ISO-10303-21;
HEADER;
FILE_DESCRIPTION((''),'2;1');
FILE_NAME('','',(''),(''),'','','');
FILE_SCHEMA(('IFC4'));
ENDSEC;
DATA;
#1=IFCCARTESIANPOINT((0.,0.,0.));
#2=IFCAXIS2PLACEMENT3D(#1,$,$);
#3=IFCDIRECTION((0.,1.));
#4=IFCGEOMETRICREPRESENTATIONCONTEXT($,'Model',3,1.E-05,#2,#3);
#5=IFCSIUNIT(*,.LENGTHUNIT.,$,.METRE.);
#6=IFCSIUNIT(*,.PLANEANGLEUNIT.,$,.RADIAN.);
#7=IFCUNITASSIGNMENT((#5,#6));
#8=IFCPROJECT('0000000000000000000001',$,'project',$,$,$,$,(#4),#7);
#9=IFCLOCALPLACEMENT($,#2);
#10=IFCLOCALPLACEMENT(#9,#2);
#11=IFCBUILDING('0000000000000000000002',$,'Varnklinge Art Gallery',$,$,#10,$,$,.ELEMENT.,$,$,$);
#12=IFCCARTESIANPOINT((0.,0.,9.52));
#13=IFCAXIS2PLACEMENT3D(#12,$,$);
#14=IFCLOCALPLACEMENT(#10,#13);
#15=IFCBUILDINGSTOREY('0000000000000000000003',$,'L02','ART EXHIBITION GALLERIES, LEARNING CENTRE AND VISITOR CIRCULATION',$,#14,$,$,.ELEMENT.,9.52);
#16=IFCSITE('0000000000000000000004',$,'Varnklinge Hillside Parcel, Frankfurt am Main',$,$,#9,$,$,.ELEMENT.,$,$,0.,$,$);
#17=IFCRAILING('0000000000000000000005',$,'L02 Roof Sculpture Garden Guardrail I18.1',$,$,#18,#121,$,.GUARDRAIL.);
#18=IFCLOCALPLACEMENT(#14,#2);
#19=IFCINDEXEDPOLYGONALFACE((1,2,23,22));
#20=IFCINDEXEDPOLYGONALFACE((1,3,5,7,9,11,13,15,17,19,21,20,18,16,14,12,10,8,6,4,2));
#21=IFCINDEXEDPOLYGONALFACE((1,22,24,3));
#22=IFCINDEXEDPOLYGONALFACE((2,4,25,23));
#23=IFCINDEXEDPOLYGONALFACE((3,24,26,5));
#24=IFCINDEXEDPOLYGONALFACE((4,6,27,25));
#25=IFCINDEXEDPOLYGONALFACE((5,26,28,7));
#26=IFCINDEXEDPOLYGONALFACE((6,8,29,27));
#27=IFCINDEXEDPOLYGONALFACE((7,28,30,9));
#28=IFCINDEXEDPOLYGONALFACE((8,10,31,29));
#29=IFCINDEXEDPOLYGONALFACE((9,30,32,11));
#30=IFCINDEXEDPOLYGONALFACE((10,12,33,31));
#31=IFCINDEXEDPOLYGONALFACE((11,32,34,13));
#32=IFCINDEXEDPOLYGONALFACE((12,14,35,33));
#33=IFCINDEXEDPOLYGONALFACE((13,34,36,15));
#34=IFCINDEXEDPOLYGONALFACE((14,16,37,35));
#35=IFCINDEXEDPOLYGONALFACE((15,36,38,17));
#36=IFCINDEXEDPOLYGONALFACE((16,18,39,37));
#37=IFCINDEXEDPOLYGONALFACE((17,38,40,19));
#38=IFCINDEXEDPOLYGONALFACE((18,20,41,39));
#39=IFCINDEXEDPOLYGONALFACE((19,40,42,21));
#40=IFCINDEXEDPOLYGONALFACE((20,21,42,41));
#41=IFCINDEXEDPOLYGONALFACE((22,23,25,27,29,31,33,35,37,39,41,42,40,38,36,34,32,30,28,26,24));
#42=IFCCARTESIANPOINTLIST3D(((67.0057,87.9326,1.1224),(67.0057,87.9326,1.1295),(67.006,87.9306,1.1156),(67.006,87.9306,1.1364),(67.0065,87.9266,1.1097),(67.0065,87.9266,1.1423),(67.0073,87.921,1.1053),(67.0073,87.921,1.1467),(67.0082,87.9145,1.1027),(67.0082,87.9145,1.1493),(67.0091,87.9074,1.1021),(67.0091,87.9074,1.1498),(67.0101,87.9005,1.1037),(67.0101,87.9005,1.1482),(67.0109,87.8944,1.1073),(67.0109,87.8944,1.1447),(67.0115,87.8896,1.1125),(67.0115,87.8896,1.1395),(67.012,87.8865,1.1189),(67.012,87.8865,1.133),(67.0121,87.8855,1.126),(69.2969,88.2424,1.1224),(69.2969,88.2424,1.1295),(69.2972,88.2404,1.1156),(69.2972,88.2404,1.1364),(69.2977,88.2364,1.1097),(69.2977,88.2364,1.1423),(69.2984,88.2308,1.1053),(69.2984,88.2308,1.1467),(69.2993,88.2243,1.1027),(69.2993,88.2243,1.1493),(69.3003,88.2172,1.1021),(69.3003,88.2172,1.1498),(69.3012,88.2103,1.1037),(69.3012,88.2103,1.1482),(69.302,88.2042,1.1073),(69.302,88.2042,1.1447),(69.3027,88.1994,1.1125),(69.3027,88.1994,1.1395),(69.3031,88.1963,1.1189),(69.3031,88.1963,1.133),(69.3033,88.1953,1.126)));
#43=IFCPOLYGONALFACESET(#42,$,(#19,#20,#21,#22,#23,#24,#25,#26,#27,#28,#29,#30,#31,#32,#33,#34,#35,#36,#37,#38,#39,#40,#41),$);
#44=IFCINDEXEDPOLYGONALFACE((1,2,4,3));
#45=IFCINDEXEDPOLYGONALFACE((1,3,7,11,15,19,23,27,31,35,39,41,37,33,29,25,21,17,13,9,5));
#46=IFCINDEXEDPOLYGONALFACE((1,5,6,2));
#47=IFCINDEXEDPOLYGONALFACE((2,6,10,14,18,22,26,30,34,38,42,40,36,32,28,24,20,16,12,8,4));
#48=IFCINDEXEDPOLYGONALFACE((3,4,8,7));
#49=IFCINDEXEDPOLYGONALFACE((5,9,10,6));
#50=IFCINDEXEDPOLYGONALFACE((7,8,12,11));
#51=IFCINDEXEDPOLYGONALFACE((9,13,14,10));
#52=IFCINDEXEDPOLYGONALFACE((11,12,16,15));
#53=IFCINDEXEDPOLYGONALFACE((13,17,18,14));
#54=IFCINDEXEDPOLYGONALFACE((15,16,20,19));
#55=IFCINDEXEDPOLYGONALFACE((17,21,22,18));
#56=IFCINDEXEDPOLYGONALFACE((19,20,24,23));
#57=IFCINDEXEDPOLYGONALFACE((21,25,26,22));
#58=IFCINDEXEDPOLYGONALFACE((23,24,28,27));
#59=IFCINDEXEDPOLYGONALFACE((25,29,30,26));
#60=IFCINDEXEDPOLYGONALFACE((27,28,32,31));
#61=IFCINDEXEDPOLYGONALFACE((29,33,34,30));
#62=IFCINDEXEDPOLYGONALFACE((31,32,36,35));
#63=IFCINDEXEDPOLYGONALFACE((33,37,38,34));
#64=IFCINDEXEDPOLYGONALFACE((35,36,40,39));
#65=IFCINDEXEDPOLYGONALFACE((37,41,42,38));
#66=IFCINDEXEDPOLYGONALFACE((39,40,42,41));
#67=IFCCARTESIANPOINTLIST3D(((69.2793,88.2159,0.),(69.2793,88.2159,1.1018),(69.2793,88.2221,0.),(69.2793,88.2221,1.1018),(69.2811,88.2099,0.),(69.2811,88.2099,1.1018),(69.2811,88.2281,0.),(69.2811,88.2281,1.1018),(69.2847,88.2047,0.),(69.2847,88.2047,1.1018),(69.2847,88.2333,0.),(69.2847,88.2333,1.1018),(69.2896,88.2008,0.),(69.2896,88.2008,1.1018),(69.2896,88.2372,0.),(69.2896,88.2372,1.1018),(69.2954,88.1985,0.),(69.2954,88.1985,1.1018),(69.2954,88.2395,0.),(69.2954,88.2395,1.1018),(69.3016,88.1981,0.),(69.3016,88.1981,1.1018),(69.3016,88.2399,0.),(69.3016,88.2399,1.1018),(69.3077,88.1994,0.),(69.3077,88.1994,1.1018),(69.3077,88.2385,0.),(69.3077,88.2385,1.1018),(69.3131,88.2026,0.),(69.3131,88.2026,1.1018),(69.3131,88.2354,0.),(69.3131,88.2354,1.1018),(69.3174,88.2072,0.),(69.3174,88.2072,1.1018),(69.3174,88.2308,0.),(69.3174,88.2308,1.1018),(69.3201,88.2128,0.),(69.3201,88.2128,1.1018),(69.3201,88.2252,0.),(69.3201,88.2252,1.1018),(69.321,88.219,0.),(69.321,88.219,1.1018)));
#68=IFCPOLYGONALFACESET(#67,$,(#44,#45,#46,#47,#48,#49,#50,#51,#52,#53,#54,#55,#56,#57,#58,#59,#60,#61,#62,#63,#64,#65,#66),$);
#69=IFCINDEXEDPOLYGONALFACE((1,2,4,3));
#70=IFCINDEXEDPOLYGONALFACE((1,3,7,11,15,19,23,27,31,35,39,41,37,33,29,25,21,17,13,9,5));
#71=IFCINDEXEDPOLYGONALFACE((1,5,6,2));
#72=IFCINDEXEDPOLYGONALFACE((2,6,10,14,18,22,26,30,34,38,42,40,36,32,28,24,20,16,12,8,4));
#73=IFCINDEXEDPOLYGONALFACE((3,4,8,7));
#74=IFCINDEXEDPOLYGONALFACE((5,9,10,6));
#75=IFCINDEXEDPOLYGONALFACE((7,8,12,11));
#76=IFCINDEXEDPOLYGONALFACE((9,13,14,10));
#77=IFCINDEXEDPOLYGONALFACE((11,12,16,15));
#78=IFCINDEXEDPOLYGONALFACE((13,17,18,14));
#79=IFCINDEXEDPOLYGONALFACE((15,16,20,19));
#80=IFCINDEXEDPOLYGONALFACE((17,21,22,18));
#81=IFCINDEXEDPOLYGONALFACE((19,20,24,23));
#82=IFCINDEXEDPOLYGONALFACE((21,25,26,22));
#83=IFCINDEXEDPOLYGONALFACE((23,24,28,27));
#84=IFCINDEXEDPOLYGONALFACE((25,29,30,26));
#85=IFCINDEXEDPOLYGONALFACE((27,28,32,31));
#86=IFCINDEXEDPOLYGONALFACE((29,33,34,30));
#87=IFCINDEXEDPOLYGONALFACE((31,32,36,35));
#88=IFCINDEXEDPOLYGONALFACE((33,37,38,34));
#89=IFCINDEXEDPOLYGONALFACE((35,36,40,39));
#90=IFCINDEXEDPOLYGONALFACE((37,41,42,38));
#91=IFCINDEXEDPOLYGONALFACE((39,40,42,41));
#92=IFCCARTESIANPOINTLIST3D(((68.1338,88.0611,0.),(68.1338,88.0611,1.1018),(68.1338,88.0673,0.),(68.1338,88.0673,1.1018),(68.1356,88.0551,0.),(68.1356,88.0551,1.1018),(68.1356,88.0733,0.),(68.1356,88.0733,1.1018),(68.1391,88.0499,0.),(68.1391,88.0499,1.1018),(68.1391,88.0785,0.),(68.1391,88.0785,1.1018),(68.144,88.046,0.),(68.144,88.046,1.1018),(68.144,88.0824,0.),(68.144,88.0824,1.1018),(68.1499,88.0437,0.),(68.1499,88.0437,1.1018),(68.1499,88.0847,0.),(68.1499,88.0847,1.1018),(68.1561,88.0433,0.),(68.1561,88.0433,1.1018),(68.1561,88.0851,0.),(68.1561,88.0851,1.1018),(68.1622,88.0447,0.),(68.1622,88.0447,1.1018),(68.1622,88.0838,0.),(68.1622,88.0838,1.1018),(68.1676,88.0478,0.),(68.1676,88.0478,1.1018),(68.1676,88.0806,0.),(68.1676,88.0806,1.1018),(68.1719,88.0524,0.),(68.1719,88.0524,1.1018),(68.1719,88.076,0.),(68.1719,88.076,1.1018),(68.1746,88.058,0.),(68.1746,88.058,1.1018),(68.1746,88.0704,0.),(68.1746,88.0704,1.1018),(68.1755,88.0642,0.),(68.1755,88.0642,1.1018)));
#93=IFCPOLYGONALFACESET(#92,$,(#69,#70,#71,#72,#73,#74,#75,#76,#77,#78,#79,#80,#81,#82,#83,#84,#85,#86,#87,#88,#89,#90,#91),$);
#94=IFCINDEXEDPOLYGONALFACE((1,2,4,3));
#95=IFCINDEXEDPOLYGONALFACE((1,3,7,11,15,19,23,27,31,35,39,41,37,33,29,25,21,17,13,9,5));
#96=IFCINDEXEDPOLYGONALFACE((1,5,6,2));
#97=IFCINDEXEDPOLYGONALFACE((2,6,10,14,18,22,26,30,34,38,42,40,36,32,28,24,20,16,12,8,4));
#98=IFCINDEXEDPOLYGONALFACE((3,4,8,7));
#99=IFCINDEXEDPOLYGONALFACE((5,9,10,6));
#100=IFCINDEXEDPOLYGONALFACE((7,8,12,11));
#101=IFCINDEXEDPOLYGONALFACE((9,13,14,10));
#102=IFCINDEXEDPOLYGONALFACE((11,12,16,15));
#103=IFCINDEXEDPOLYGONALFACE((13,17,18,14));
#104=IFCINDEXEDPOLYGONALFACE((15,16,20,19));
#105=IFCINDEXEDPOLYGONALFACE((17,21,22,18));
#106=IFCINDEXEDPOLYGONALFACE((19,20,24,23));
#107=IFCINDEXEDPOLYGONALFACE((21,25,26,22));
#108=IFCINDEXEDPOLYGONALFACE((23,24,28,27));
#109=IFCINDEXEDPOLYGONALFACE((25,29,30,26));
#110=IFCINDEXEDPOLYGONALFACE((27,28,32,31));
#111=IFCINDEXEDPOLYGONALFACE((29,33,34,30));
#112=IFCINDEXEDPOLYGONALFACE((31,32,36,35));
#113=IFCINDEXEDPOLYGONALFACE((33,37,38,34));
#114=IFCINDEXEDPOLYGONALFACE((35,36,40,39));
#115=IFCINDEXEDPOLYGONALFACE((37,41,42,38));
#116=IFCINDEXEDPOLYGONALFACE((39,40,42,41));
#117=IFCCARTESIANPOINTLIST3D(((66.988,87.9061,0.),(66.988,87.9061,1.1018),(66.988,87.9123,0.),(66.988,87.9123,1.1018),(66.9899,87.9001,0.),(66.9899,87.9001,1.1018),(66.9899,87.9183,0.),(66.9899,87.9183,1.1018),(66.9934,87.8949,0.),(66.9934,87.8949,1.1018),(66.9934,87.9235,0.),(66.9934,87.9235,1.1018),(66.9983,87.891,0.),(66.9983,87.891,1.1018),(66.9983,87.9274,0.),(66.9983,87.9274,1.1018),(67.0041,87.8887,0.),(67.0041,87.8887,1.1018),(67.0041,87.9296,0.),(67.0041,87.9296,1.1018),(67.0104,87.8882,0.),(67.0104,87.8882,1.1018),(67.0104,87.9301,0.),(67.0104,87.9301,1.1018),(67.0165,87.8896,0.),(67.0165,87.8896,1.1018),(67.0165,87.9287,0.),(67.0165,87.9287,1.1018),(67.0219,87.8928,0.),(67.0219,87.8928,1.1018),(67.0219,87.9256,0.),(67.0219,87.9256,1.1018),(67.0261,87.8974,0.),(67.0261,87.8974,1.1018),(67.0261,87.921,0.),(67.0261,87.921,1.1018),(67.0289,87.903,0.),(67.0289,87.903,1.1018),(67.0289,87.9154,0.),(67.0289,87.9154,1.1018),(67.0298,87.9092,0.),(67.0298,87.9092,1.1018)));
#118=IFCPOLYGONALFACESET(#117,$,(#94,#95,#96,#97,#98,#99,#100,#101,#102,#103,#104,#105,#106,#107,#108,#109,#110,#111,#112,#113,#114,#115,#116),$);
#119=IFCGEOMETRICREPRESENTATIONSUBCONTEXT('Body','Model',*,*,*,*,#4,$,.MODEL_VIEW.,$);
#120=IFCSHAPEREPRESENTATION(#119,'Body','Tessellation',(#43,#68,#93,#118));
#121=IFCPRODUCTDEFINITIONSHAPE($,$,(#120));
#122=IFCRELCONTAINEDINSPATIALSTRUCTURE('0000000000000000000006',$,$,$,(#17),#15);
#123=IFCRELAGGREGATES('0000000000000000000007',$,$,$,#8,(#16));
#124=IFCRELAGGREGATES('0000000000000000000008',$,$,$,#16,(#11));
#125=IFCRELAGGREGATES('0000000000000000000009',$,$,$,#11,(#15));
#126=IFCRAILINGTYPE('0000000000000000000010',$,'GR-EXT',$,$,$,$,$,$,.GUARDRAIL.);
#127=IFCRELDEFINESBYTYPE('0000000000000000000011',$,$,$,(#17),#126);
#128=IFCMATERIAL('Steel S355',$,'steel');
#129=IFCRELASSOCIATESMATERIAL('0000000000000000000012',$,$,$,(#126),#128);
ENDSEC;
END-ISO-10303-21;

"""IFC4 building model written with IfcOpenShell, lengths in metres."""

from ifc_helpers import new_model, si_unit, direction, frame, origin, origin_2d, place, context, subcontext, project, spatial, circle, extrude, material, type_object, element, save


model = new_model("IFC4")

# Units and contexts
model_context = context("Model", 3, precision=1e-05, world=origin(), true_north=direction((0.0, 1.0)))
body_context = subcontext(model_context, "Body", "Model", "MODEL_VIEW")
ifc_project = project(units=[si_unit("LENGTHUNIT", "METRE"), si_unit("PLANEANGLEUNIT", "RADIAN")], contexts=[model_context])

# Site, building, storey
site_placement = place(None, origin())
site = spatial("IfcSite", under=ifc_project, at=site_placement, Name="Varnklinge Hillside Parcel, Frankfurt am Main", CompositionType="ELEMENT", RefElevation=0.0)
building_placement = place(site_placement, origin())
building = spatial("IfcBuilding", under=site, at=building_placement, Name="Varnklinge Art Gallery", CompositionType="ELEMENT")
storey_placement = place(building_placement, frame((0.0, 0.0, 9.52)))
storey = spatial("IfcBuildingStorey", under=building, at=storey_placement, Name="L02", Description="ART EXHIBITION GALLERIES, LEARNING CENTRE AND VISITOR CIRCULATION", CompositionType="ELEMENT", Elevation=9.52)

# Railing
ifc_material_1 = material(Name="Steel S355", Category="steel")
railing_type = type_object("IfcRailingType", Name="GR-EXT", PredefinedType="GUARDRAIL", material=ifc_material_1)
railing_1_placement = place(storey_placement, frame((69.3, 88.219, 0.0)))
element("IfcRailing", 1, at=railing_1_placement, inside=storey, type_object=railing_type, Name="L02 Roof Sculpture Garden Guardrail I18.1", PredefinedType="GUARDRAIL", context=body_context, shape_type="SweptSolid", body=[
    extrude(circle(Radius=0.0239, at=origin_2d()), frame((0.0, 0.0, 1.126), z_axis=(-0.990982, -0.133996, 0.0), x_axis=(0.133996, -0.990982, 0.0)), (0.0, 0.0, 1.0), 2.312),
    extrude(circle(Radius=0.021, at=origin_2d()), origin(), (0.0, 0.0, 1.0), 1.1018),
    extrude(circle(Radius=0.021, at=origin_2d()), frame((-1.1455, -0.1548, 0.0)), (0.0, 0.0, 1.0), 1.1018),
    extrude(circle(Radius=0.021, at=origin_2d()), frame((-2.2913, -0.3098, 0.0)), (0.0, 0.0, 1.0), 1.1018),
])

save(model, "model.ifc")
